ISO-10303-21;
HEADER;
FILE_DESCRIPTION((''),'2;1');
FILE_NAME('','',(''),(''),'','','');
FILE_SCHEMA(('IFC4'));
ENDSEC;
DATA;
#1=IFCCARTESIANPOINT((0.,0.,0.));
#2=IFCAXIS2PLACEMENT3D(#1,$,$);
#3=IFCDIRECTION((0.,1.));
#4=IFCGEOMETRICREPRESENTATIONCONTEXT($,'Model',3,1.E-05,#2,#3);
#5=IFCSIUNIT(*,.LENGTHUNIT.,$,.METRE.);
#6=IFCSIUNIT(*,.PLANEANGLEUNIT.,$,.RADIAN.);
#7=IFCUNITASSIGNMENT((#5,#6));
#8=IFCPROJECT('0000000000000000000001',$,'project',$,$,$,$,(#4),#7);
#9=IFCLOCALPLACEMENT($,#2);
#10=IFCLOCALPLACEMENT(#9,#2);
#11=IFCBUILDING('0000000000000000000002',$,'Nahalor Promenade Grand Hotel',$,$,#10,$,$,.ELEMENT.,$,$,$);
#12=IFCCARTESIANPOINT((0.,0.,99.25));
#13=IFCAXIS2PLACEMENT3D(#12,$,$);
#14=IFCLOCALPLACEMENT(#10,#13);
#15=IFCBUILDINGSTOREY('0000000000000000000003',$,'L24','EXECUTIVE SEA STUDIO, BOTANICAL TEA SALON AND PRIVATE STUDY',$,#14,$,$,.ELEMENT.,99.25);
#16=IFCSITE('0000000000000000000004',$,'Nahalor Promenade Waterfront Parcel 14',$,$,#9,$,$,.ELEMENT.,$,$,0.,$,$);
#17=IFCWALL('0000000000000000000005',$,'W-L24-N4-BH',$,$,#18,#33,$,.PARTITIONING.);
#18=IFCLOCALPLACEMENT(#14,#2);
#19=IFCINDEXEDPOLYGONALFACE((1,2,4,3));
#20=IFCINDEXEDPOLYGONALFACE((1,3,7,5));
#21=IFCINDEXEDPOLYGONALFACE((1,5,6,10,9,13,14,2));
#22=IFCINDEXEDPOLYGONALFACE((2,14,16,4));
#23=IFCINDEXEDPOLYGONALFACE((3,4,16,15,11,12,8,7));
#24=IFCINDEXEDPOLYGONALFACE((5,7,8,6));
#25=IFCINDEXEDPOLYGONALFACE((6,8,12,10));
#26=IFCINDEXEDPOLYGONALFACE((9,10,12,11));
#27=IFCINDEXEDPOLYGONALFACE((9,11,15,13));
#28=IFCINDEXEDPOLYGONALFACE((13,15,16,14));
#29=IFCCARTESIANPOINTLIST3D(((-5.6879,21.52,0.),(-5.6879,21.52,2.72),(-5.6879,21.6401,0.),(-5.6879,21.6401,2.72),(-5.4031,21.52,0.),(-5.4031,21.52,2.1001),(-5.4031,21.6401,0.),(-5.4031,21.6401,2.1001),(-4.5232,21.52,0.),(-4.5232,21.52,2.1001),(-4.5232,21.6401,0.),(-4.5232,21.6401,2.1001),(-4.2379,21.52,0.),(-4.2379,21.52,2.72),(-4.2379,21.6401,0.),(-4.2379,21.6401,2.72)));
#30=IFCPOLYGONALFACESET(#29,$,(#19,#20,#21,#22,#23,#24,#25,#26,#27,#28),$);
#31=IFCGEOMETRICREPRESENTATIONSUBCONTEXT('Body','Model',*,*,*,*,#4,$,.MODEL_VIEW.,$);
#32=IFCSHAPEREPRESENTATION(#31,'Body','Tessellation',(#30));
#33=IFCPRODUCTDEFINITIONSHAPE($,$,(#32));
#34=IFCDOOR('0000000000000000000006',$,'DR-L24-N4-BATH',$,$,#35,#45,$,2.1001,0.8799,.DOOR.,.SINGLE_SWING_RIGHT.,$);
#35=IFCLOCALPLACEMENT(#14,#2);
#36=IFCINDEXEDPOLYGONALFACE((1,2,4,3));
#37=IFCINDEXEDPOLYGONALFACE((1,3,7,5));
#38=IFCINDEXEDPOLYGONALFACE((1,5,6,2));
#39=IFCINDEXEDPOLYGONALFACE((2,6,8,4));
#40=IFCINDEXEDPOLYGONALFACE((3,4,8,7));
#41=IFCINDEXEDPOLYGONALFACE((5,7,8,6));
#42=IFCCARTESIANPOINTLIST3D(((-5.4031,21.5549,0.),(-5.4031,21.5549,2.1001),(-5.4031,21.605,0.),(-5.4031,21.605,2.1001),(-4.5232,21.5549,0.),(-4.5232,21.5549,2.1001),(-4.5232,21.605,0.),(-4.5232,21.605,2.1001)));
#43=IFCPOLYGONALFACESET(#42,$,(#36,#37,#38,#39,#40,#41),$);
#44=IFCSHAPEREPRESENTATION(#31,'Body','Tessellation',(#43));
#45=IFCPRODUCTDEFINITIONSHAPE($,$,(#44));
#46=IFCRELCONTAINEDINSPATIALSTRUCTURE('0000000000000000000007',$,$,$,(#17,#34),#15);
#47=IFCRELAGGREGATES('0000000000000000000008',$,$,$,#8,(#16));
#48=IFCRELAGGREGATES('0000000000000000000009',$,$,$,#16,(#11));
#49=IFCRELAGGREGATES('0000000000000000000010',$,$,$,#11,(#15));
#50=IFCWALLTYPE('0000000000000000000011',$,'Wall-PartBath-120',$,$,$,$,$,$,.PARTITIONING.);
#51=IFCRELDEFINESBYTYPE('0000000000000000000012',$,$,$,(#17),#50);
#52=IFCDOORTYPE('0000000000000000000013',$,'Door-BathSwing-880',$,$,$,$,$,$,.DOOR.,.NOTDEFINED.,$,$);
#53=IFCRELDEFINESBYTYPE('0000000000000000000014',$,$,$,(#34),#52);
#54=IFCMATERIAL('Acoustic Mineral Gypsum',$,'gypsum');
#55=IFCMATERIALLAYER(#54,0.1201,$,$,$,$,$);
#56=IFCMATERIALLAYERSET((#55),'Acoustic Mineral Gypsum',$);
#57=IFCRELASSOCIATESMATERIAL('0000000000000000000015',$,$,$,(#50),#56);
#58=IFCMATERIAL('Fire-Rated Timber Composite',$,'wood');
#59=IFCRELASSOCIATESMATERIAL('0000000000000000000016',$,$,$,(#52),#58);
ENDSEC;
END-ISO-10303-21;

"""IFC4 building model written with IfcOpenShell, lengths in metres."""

from ifc_helpers import new_model, si_unit, direction, frame, frame_2d, origin, place, context, subcontext, project, spatial, rectangle, extrude, source, transform, mapped, material, layer, layer_set, type_object, element, fill, save


model = new_model("IFC4")

# Units and contexts
model_context = context("Model", 3, precision=1e-05, world=origin(), true_north=direction((0.0, 1.0)))
body_context = subcontext(model_context, "Body", "Model", "MODEL_VIEW")
ifc_project = project(units=[si_unit("LENGTHUNIT", "METRE"), si_unit("PLANEANGLEUNIT", "RADIAN")], contexts=[model_context])

# Site, building, storey
site_placement = place(None, origin())
site = spatial("IfcSite", under=ifc_project, at=site_placement, Name="Nahalor Promenade Waterfront Parcel 14", CompositionType="ELEMENT", RefElevation=0.0)
building_placement = place(site_placement, origin())
building = spatial("IfcBuilding", under=site, at=building_placement, Name="Nahalor Promenade Grand Hotel", CompositionType="ELEMENT")
storey_placement = place(building_placement, frame((0.0, 0.0, 99.25)))
storey = spatial("IfcBuildingStorey", under=building, at=storey_placement, Name="L24", Description="EXECUTIVE SEA STUDIO, BOTANICAL TEA SALON AND PRIVATE STUDY", CompositionType="ELEMENT", Elevation=99.25)

# Shared definitions
ifc_material_1 = material(Name="Acoustic Mineral Gypsum", Category="gypsum")
ifc_layer_1 = layer(ifc_material_1, 0.1201)
ifc_layer_set_1 = layer_set([ifc_layer_1], Name="Acoustic Mineral Gypsum")
wall_type = type_object("IfcWallType", Name="Wall-PartBath-120", PredefinedType="PARTITIONING", material=ifc_layer_set_1)
ifc_material_2 = material(Name="Fire-Rated Timber Composite", Category="wood")
door_type = type_object("IfcDoorType", Name="Door-BathSwing-880", OperationType="NOTDEFINED", PredefinedType="DOOR", material=ifc_material_2)
shared_shape_1 = source(origin(), body_context, "Body", "SweptSolid", [
    extrude(rectangle(XDim=0.8799, YDim=2.1001, at=frame_2d((0.4399, 1.05))), frame((0.0, 0.0249, 0.0), z_axis=(0.0, -1.0, 0.0), x_axis=(1.0, 0.0, 0.0)), (0.0, 0.0, 1.0), 0.05),
])

# Wall, opening, door
shared_shape_2 = source(origin(), body_context, "Body", "SweptSolid", [
    extrude(rectangle(XDim=1.45, YDim=0.1201, at=frame_2d((0.7251, 0.0))), origin(), (0.0, 0.0, 1.0), 2.72),
])
wall_1_placement = place(storey_placement, frame((-5.688, 21.5801, 0.0), z_axis=(0.0, 0.0, 1.0), x_axis=(1.0, 0.0, 0.0)))
wall_1 = element("IfcWall", 1, at=wall_1_placement, inside=storey, type_object=wall_type, Name="W-L24-N4-BH", PredefinedType="PARTITIONING", context=body_context, shape_type="MappedRepresentation", body=[
    mapped(shared_shape_2, transform((0.0, 0.0, 0.0), scale=1.0)),
])
opening_1_placement = place(wall_1_placement, frame((0.2849, 0.0, 0.0)))
opening_1 = element("IfcOpeningElement", 2, at=opening_1_placement, cuts=wall_1, PredefinedType="OPENING", context=body_context, shape_type="SweptSolid", body=[
    extrude(rectangle(XDim=0.8799, YDim=2.1001, at=frame_2d((0.4399, 1.05))), frame((0.0, 0.0701, 0.0), z_axis=(0.0, -1.0, 0.0), x_axis=(1.0, 0.0, 0.0)), (0.0, 0.0, 1.0), 0.1401),
])
door_1_placement = place(opening_1_placement, origin())
door_1 = element("IfcDoor", 3, at=door_1_placement, inside=storey, type_object=door_type, Name="DR-L24-N4-BATH", OperationType="SINGLE_SWING_RIGHT", OverallHeight=2.1001, OverallWidth=0.8799, PredefinedType="DOOR", context=body_context, shape_type="MappedRepresentation", body=[
    mapped(shared_shape_1, transform((0.0, 0.0, 0.0), scale=1.0)),
])
fill(opening_1, door_1)

save(model, "model.ifc")
